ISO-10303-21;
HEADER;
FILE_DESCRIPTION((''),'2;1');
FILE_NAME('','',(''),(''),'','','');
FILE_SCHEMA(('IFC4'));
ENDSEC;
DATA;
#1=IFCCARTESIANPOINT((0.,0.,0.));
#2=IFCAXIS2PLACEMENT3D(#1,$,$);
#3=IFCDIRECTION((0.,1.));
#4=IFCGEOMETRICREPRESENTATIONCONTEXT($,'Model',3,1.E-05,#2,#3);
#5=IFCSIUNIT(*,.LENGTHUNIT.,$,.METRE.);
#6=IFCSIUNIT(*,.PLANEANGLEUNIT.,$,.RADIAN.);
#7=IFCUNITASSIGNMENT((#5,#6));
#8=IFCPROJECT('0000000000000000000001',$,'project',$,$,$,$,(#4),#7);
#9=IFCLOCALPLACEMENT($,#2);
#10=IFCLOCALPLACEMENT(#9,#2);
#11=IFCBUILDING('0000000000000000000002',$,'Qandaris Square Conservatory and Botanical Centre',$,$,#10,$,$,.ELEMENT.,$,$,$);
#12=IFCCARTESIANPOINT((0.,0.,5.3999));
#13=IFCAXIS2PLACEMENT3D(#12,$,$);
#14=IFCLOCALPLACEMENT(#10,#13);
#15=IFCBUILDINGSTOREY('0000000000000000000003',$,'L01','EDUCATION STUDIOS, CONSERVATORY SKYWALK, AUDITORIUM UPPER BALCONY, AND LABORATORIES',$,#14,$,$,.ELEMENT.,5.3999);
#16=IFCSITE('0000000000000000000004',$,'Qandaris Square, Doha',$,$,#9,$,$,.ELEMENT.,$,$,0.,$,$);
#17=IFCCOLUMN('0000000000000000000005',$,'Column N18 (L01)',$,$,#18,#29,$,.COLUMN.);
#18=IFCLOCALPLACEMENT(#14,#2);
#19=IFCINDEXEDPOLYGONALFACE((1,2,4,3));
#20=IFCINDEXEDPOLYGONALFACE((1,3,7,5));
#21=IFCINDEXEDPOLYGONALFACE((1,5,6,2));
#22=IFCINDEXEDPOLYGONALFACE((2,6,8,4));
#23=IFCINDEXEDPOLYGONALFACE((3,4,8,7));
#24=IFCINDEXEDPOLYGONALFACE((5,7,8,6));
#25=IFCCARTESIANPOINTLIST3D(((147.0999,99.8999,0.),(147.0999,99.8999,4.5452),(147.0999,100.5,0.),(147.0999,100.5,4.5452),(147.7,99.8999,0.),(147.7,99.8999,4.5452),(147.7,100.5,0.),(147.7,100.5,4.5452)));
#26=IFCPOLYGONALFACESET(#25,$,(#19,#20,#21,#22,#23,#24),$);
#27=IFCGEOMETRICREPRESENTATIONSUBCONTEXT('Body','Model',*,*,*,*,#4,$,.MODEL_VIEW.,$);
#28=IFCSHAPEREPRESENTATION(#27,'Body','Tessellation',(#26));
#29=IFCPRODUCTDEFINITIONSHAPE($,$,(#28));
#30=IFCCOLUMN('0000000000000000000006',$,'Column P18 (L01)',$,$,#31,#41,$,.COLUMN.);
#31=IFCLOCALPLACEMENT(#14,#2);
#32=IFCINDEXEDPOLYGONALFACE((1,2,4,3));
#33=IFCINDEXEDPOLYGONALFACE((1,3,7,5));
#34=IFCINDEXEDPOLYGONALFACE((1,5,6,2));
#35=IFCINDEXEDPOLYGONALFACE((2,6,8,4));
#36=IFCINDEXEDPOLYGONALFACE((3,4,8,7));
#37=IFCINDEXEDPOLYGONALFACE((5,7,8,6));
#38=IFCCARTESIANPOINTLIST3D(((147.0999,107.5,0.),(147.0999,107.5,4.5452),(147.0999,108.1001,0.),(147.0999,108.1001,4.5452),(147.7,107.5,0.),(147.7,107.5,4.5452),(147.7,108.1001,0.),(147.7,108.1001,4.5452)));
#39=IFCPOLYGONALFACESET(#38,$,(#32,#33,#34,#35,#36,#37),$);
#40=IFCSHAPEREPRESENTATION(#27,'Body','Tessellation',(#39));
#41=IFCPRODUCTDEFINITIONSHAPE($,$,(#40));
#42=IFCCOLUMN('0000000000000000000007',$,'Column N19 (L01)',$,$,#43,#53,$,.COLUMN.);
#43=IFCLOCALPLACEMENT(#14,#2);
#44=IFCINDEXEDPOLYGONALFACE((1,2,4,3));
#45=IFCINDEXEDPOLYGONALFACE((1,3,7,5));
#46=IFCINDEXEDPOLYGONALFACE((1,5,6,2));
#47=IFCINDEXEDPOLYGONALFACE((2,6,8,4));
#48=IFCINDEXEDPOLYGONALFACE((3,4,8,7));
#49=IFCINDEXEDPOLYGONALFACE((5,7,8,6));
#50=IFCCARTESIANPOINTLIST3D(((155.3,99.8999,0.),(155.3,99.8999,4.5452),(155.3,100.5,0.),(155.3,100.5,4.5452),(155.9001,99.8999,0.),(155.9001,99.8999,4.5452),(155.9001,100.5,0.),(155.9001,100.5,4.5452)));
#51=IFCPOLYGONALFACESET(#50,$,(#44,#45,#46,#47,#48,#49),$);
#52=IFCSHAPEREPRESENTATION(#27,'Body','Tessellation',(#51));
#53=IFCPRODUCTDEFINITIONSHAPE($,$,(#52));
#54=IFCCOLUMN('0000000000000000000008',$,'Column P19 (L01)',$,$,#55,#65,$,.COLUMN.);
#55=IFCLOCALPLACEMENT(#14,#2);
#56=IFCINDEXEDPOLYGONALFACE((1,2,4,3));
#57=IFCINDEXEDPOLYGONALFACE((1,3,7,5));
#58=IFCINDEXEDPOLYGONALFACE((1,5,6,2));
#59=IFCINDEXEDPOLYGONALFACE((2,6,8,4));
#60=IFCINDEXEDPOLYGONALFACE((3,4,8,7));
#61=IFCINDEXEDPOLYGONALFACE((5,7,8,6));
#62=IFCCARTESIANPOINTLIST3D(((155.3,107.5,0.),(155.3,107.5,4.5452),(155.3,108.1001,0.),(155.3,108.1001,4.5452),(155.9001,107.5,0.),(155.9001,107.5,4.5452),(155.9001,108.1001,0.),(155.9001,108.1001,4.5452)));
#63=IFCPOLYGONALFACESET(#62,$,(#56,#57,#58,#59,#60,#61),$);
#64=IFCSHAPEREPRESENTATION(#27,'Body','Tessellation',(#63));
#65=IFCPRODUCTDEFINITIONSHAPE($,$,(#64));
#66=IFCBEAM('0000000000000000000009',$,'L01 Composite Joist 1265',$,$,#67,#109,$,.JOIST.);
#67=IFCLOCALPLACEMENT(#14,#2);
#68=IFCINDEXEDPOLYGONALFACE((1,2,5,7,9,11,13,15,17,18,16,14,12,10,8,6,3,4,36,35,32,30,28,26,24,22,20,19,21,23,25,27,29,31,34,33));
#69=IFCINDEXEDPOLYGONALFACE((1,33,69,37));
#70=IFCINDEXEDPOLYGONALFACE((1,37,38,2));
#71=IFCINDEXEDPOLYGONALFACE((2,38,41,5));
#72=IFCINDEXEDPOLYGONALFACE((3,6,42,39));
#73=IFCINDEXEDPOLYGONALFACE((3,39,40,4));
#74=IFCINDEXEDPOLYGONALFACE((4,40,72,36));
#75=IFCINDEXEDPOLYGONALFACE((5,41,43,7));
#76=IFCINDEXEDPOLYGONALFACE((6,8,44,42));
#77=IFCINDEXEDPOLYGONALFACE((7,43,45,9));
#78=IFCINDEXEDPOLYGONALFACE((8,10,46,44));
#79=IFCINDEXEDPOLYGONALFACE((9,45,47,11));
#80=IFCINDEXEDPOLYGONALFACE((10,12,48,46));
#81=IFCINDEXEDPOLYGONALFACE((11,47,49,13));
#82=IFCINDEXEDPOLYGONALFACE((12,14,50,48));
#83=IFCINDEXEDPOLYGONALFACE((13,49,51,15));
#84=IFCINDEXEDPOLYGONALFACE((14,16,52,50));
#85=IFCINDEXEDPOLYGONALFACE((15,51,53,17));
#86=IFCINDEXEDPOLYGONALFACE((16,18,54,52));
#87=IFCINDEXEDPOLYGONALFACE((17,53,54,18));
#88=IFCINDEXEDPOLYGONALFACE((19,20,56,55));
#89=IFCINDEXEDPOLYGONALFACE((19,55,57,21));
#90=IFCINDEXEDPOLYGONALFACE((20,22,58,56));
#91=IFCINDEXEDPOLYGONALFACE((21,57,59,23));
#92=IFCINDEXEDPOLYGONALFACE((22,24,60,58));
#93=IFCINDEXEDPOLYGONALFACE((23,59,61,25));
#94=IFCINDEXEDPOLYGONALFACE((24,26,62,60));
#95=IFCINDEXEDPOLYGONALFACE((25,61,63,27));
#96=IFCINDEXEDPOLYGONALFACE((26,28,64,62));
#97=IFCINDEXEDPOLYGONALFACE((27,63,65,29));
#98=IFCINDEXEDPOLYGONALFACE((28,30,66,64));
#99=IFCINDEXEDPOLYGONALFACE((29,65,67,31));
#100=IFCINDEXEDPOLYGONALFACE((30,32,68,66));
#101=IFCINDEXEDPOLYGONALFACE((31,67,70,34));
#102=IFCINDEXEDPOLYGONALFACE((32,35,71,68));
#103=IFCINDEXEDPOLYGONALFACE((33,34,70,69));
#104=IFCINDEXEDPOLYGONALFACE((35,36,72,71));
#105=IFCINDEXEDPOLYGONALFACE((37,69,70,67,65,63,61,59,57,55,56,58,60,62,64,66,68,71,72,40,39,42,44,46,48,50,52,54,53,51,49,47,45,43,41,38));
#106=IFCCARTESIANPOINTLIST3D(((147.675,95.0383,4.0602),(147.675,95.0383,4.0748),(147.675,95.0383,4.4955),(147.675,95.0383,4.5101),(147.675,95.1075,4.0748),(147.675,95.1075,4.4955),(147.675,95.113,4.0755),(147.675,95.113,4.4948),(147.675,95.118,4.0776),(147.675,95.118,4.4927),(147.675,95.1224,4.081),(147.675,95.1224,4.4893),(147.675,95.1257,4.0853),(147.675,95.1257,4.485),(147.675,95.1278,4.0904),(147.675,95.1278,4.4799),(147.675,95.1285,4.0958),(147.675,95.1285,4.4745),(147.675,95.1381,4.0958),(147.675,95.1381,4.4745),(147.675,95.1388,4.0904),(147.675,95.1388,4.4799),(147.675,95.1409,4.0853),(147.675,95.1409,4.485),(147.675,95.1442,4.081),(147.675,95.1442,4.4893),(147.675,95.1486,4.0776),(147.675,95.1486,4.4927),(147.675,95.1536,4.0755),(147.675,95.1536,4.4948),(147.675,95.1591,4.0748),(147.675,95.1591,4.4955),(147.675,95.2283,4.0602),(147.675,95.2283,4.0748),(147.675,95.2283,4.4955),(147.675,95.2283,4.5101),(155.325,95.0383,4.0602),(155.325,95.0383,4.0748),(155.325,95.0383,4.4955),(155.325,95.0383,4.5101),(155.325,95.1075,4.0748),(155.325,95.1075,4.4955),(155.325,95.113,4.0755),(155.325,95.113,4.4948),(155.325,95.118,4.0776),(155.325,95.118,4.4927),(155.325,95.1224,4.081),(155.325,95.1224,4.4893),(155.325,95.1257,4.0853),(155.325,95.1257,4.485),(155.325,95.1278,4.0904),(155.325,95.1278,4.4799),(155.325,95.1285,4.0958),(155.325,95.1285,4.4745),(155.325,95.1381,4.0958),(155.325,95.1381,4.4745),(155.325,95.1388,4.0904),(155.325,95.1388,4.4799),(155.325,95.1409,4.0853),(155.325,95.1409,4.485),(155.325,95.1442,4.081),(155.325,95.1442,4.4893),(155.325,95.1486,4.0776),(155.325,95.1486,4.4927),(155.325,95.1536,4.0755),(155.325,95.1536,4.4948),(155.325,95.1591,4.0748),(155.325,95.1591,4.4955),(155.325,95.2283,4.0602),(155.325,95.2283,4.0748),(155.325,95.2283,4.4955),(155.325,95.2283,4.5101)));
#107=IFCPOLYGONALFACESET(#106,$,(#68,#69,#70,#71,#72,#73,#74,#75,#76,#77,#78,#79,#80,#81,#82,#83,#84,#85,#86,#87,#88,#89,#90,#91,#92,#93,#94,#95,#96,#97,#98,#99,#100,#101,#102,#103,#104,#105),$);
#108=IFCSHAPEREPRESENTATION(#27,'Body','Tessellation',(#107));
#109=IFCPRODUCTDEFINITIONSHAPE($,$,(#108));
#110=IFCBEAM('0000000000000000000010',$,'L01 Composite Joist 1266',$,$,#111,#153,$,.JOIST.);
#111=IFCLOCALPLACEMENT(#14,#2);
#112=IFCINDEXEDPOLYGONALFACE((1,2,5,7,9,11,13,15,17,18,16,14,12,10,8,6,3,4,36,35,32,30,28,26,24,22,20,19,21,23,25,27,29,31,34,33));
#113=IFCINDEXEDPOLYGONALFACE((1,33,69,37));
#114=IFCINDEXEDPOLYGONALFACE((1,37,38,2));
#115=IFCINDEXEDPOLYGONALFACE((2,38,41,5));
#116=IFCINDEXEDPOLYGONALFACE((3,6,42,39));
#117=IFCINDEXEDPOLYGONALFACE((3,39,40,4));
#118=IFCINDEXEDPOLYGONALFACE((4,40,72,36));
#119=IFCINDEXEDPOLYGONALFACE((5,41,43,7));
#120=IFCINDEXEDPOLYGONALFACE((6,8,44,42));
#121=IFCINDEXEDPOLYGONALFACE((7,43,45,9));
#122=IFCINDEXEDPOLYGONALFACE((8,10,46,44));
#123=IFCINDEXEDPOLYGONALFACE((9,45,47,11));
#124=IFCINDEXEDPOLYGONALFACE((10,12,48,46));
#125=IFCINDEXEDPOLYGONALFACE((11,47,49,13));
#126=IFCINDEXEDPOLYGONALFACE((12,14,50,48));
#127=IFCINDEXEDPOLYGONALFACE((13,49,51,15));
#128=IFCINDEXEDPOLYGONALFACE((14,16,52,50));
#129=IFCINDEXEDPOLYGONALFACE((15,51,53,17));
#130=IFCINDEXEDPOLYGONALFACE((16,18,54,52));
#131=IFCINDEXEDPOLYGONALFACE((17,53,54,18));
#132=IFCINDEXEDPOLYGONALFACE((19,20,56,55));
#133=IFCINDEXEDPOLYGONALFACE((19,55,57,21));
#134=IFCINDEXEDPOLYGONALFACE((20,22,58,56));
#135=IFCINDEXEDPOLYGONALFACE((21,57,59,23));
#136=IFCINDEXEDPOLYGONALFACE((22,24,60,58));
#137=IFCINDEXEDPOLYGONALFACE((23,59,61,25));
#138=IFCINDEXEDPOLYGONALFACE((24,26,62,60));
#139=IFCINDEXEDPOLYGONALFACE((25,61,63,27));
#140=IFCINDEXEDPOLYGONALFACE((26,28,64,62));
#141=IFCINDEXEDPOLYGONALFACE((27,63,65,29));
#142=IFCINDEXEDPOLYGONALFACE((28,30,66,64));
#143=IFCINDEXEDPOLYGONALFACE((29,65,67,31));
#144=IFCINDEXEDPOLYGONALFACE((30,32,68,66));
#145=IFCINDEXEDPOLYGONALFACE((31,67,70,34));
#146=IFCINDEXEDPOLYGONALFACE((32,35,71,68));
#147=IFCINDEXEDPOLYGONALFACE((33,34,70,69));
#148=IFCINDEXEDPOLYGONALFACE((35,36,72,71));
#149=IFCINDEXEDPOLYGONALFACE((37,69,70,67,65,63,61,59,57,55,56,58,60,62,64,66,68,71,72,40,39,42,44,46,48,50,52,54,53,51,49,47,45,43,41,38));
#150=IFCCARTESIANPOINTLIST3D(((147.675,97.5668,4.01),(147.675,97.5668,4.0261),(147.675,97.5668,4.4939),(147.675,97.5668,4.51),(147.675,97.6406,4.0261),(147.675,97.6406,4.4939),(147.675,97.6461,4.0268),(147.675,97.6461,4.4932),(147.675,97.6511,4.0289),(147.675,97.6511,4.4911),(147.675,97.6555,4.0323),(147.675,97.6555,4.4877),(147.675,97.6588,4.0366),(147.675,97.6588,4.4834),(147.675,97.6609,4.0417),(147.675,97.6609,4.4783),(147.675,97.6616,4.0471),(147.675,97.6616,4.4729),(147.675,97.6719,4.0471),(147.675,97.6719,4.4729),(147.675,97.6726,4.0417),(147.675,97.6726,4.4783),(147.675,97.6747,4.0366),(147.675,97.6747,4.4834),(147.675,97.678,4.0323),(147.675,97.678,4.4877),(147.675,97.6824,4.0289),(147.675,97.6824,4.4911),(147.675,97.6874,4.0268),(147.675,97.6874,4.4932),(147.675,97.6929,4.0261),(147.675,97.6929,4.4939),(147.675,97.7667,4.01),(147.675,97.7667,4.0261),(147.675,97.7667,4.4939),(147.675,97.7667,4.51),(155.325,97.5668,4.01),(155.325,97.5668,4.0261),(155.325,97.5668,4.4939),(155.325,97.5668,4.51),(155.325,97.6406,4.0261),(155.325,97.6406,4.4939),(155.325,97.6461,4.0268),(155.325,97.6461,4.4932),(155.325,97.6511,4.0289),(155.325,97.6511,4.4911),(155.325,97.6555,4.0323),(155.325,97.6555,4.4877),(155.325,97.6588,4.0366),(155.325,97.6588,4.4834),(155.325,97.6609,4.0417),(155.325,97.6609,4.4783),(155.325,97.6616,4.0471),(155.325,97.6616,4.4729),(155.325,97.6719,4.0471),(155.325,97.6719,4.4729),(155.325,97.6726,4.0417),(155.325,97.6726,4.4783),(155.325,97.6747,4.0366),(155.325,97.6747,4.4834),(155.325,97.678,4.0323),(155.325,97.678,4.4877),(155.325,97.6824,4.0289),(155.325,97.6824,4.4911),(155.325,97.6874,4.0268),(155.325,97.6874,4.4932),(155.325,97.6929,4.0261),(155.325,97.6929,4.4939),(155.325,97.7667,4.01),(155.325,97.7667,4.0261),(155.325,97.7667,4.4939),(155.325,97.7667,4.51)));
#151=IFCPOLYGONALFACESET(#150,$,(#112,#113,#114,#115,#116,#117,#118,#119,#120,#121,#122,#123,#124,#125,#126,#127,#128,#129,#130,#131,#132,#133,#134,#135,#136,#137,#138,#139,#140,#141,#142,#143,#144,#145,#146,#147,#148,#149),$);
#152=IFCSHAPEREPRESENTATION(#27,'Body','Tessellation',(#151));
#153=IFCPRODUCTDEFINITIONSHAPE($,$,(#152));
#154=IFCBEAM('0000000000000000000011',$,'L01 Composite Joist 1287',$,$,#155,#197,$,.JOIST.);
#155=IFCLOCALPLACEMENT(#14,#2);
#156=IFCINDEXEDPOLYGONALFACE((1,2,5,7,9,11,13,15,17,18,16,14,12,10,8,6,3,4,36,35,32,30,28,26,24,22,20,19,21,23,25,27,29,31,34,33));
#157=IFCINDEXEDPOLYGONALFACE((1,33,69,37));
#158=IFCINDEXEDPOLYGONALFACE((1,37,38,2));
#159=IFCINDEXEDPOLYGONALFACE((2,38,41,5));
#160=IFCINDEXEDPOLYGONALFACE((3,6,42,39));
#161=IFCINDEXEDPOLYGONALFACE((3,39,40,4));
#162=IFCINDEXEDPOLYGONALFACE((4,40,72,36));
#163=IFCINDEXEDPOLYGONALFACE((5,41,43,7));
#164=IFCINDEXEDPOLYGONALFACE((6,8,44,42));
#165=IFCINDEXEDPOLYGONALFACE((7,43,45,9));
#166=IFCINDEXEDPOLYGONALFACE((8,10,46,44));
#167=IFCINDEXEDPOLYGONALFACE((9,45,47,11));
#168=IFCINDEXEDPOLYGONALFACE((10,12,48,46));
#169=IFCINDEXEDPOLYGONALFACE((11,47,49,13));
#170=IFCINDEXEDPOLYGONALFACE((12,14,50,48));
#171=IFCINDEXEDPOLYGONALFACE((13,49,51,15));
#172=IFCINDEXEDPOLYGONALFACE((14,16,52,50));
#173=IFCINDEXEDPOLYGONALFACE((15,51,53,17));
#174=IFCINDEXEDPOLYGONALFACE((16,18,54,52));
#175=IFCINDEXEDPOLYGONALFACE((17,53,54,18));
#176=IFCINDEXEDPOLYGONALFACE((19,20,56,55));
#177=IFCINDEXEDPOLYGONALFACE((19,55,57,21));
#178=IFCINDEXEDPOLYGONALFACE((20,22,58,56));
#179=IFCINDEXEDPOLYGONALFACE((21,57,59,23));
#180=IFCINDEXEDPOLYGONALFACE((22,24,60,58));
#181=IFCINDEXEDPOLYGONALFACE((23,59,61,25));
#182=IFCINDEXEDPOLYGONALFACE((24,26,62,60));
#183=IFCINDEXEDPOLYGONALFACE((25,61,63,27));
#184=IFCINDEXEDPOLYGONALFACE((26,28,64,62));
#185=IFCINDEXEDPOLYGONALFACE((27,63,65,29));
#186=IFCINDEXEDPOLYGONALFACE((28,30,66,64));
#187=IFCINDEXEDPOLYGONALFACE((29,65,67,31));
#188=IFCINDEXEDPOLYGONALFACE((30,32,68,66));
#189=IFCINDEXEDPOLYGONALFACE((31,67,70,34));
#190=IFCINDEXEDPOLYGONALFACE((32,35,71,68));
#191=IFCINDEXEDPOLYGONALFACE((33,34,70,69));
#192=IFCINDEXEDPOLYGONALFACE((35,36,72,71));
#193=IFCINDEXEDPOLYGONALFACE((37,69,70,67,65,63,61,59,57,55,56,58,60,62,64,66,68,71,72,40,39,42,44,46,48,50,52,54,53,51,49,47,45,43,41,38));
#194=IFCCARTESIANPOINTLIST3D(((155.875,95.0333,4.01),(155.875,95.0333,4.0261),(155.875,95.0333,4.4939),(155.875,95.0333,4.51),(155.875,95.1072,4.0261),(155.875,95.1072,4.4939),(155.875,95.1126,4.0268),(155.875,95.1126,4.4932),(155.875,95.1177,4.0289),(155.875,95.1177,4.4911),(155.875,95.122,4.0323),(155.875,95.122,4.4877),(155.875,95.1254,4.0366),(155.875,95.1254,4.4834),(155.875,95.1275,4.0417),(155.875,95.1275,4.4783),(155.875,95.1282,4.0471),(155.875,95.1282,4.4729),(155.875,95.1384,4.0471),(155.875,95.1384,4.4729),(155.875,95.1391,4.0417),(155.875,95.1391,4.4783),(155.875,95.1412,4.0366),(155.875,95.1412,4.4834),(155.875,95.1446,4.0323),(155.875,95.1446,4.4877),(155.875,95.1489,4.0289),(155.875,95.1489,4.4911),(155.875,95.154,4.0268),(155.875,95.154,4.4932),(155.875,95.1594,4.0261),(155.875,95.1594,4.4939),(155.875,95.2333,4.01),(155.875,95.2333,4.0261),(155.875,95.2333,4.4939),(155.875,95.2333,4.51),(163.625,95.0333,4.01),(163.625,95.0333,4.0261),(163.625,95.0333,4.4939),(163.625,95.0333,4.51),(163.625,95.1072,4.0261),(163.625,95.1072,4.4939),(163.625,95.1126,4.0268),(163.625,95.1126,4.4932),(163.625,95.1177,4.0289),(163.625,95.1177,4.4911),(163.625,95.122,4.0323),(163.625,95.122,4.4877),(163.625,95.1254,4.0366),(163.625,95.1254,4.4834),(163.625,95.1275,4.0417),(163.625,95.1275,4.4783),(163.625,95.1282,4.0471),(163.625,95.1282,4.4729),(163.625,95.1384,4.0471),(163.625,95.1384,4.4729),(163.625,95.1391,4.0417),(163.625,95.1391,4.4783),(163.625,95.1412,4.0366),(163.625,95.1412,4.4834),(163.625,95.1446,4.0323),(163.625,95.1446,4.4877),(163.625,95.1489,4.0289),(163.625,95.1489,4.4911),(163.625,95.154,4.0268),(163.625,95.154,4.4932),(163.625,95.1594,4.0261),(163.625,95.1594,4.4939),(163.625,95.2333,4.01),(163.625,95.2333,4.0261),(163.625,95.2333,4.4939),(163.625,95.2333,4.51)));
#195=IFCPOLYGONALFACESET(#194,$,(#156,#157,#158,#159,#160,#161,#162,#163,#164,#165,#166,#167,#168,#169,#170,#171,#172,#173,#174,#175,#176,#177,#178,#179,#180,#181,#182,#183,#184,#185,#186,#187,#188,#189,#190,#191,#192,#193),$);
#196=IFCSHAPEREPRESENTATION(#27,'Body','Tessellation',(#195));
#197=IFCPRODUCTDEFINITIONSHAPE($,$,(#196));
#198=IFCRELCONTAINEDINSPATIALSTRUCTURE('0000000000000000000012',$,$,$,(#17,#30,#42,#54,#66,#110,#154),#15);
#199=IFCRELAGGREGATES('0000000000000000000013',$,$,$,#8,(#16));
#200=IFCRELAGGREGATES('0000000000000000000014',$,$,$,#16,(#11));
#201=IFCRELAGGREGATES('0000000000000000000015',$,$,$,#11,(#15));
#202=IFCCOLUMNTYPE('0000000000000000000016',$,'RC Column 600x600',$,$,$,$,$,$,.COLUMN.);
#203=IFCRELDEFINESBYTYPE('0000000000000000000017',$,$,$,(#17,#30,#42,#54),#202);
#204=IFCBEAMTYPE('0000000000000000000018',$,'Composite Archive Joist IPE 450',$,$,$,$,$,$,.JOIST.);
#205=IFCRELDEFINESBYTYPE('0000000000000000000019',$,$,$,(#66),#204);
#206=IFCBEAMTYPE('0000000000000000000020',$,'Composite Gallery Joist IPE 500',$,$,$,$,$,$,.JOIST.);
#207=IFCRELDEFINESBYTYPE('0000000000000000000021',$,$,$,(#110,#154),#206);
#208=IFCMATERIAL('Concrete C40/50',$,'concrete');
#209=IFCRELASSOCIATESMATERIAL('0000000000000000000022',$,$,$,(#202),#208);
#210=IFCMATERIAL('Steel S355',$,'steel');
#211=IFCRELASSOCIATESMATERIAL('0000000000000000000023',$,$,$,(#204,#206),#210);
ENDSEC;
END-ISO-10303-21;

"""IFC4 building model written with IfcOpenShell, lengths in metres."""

from ifc_helpers import new_model, si_unit, direction, frame, origin, origin_2d, place, context, subcontext, project, spatial, rectangle, i_section, extrude, material, material_profile, profile_set, type_object, element, save


model = new_model("IFC4")

# Units and contexts
model_context = context("Model", 3, precision=1e-05, world=origin(), true_north=direction((0.0, 1.0)))
body_context = subcontext(model_context, "Body", "Model", "MODEL_VIEW")
ifc_project = project(units=[si_unit("LENGTHUNIT", "METRE"), si_unit("PLANEANGLEUNIT", "RADIAN")], contexts=[model_context])

# Site, building, storey
site_placement = place(None, origin())
site = spatial("IfcSite", under=ifc_project, at=site_placement, Name="Qandaris Square, Doha", CompositionType="ELEMENT", RefElevation=0.0)
building_placement = place(site_placement, origin())
building = spatial("IfcBuilding", under=site, at=building_placement, Name="Qandaris Square Conservatory and Botanical Centre", CompositionType="ELEMENT")
storey_placement = place(building_placement, frame((0.0, 0.0, 5.3999)))
storey = spatial("IfcBuildingStorey", under=building, at=storey_placement, Name="L01", Description="EDUCATION STUDIOS, CONSERVATORY SKYWALK, AUDITORIUM UPPER BALCONY, AND LABORATORIES", CompositionType="ELEMENT", Elevation=5.3999)

# Columns
ifc_material_1 = material(Name="Concrete C40/50", Category="concrete")
ifc_material_profile_1 = material_profile(ifc_material_1, rectangle(XDim=0.6001, YDim=0.6001, at=origin_2d()), Name="RC-COL 600x600")
ifc_profile_set_1 = profile_set([ifc_material_profile_1], Name="Concrete C40/50")
column_type = type_object("IfcColumnType", Name="RC Column 600x600", PredefinedType="COLUMN", material=ifc_profile_set_1)
for number, where, z_axis, x_axis, name in (
    (1, (147.3999, 100.2, 0.0), (0.0, 0.0, 1.0), (1.0, 0.0, 0.0), "Column N18 (L01)"),
    (2, (147.3999, 107.8, 0.0), (0.0, 0.0, 1.0), (1.0, 0.0, 0.0), "Column P18 (L01)"),
    (3, (155.6001, 100.2, 0.0), (0.0, 0.0, 1.0), (1.0, 0.0, 0.0), "Column N19 (L01)"),
    (4, (155.6001, 107.8, 0.0), (0.0, 0.0, 1.0), (1.0, 0.0, 0.0), "Column P19 (L01)"),
):
    element("IfcColumn", number, at=place(storey_placement, frame(where, z_axis=z_axis, x_axis=x_axis)), inside=storey, type_object=column_type, Name=name, PredefinedType="COLUMN", context=body_context, shape_type="SweptSolid", body=[
        extrude(rectangle(XDim=0.6001, YDim=0.6001, at=origin_2d()), origin(), (0.0, 0.0, 1.0), 4.5452),
    ])

# Beams
ifc_material_2 = material(Name="Steel S355", Category="steel")
ifc_material_profile_2 = material_profile(ifc_material_2, i_section(OverallWidth=0.1899, OverallDepth=0.45, WebThickness=0.0095, FlangeThickness=0.0146, FilletRadius=0.021, at=origin_2d()), Name="IPE 450")
ifc_profile_set_2 = profile_set([ifc_material_profile_2], Name="Steel S355")
beam_type_1 = type_object("IfcBeamType", Name="Composite Archive Joist IPE 450", PredefinedType="JOIST", material=ifc_profile_set_2)
beam_1_placement = place(storey_placement, frame((147.675, 95.1333, 4.2852), z_axis=(1.0, 0.0, 0.0), x_axis=(0.0, 1.0, 0.0)))
element("IfcBeam", 5, at=beam_1_placement, inside=storey, type_object=beam_type_1, Name="L01 Composite Joist 1265", PredefinedType="JOIST", context=body_context, shape_type="SweptSolid", body=[
    extrude(i_section(OverallWidth=0.1899, OverallDepth=0.45, WebThickness=0.0095, FlangeThickness=0.0146, FilletRadius=0.021, at=origin_2d()), origin(), (0.0, 0.0, 1.0), 7.6499),
])
ifc_material_profile_3 = material_profile(ifc_material_2, i_section(OverallWidth=0.2, OverallDepth=0.5, WebThickness=0.0103, FlangeThickness=0.0161, FilletRadius=0.021, at=origin_2d()), Name="IPE 500")
ifc_profile_set_3 = profile_set([ifc_material_profile_3], Name="Steel S355")
beam_type_2 = type_object("IfcBeamType", Name="Composite Gallery Joist IPE 500", PredefinedType="JOIST", material=ifc_profile_set_3)
beam_2_placement = place(storey_placement, frame((147.675, 97.6667, 4.26), z_axis=(1.0, 0.0, 0.0), x_axis=(0.0, 1.0, 0.0)))
element("IfcBeam", 6, at=beam_2_placement, inside=storey, type_object=beam_type_2, Name="L01 Composite Joist 1266", PredefinedType="JOIST", context=body_context, shape_type="SweptSolid", body=[
    extrude(i_section(OverallWidth=0.2, OverallDepth=0.5, WebThickness=0.0103, FlangeThickness=0.0161, FilletRadius=0.021, at=origin_2d()), origin(), (0.0, 0.0, 1.0), 7.6499),
])
beam_3_placement = place(storey_placement, frame((155.875, 95.1333, 4.26), z_axis=(1.0, 0.0, 0.0), x_axis=(0.0, 1.0, 0.0)))
element("IfcBeam", 7, at=beam_3_placement, inside=storey, type_object=beam_type_2, Name="L01 Composite Joist 1287", PredefinedType="JOIST", context=body_context, shape_type="SweptSolid", body=[
    extrude(i_section(OverallWidth=0.2, OverallDepth=0.5, WebThickness=0.0103, FlangeThickness=0.0161, FilletRadius=0.021, at=origin_2d()), origin(), (0.0, 0.0, 1.0), 7.75),
])

save(model, "model.ifc")
